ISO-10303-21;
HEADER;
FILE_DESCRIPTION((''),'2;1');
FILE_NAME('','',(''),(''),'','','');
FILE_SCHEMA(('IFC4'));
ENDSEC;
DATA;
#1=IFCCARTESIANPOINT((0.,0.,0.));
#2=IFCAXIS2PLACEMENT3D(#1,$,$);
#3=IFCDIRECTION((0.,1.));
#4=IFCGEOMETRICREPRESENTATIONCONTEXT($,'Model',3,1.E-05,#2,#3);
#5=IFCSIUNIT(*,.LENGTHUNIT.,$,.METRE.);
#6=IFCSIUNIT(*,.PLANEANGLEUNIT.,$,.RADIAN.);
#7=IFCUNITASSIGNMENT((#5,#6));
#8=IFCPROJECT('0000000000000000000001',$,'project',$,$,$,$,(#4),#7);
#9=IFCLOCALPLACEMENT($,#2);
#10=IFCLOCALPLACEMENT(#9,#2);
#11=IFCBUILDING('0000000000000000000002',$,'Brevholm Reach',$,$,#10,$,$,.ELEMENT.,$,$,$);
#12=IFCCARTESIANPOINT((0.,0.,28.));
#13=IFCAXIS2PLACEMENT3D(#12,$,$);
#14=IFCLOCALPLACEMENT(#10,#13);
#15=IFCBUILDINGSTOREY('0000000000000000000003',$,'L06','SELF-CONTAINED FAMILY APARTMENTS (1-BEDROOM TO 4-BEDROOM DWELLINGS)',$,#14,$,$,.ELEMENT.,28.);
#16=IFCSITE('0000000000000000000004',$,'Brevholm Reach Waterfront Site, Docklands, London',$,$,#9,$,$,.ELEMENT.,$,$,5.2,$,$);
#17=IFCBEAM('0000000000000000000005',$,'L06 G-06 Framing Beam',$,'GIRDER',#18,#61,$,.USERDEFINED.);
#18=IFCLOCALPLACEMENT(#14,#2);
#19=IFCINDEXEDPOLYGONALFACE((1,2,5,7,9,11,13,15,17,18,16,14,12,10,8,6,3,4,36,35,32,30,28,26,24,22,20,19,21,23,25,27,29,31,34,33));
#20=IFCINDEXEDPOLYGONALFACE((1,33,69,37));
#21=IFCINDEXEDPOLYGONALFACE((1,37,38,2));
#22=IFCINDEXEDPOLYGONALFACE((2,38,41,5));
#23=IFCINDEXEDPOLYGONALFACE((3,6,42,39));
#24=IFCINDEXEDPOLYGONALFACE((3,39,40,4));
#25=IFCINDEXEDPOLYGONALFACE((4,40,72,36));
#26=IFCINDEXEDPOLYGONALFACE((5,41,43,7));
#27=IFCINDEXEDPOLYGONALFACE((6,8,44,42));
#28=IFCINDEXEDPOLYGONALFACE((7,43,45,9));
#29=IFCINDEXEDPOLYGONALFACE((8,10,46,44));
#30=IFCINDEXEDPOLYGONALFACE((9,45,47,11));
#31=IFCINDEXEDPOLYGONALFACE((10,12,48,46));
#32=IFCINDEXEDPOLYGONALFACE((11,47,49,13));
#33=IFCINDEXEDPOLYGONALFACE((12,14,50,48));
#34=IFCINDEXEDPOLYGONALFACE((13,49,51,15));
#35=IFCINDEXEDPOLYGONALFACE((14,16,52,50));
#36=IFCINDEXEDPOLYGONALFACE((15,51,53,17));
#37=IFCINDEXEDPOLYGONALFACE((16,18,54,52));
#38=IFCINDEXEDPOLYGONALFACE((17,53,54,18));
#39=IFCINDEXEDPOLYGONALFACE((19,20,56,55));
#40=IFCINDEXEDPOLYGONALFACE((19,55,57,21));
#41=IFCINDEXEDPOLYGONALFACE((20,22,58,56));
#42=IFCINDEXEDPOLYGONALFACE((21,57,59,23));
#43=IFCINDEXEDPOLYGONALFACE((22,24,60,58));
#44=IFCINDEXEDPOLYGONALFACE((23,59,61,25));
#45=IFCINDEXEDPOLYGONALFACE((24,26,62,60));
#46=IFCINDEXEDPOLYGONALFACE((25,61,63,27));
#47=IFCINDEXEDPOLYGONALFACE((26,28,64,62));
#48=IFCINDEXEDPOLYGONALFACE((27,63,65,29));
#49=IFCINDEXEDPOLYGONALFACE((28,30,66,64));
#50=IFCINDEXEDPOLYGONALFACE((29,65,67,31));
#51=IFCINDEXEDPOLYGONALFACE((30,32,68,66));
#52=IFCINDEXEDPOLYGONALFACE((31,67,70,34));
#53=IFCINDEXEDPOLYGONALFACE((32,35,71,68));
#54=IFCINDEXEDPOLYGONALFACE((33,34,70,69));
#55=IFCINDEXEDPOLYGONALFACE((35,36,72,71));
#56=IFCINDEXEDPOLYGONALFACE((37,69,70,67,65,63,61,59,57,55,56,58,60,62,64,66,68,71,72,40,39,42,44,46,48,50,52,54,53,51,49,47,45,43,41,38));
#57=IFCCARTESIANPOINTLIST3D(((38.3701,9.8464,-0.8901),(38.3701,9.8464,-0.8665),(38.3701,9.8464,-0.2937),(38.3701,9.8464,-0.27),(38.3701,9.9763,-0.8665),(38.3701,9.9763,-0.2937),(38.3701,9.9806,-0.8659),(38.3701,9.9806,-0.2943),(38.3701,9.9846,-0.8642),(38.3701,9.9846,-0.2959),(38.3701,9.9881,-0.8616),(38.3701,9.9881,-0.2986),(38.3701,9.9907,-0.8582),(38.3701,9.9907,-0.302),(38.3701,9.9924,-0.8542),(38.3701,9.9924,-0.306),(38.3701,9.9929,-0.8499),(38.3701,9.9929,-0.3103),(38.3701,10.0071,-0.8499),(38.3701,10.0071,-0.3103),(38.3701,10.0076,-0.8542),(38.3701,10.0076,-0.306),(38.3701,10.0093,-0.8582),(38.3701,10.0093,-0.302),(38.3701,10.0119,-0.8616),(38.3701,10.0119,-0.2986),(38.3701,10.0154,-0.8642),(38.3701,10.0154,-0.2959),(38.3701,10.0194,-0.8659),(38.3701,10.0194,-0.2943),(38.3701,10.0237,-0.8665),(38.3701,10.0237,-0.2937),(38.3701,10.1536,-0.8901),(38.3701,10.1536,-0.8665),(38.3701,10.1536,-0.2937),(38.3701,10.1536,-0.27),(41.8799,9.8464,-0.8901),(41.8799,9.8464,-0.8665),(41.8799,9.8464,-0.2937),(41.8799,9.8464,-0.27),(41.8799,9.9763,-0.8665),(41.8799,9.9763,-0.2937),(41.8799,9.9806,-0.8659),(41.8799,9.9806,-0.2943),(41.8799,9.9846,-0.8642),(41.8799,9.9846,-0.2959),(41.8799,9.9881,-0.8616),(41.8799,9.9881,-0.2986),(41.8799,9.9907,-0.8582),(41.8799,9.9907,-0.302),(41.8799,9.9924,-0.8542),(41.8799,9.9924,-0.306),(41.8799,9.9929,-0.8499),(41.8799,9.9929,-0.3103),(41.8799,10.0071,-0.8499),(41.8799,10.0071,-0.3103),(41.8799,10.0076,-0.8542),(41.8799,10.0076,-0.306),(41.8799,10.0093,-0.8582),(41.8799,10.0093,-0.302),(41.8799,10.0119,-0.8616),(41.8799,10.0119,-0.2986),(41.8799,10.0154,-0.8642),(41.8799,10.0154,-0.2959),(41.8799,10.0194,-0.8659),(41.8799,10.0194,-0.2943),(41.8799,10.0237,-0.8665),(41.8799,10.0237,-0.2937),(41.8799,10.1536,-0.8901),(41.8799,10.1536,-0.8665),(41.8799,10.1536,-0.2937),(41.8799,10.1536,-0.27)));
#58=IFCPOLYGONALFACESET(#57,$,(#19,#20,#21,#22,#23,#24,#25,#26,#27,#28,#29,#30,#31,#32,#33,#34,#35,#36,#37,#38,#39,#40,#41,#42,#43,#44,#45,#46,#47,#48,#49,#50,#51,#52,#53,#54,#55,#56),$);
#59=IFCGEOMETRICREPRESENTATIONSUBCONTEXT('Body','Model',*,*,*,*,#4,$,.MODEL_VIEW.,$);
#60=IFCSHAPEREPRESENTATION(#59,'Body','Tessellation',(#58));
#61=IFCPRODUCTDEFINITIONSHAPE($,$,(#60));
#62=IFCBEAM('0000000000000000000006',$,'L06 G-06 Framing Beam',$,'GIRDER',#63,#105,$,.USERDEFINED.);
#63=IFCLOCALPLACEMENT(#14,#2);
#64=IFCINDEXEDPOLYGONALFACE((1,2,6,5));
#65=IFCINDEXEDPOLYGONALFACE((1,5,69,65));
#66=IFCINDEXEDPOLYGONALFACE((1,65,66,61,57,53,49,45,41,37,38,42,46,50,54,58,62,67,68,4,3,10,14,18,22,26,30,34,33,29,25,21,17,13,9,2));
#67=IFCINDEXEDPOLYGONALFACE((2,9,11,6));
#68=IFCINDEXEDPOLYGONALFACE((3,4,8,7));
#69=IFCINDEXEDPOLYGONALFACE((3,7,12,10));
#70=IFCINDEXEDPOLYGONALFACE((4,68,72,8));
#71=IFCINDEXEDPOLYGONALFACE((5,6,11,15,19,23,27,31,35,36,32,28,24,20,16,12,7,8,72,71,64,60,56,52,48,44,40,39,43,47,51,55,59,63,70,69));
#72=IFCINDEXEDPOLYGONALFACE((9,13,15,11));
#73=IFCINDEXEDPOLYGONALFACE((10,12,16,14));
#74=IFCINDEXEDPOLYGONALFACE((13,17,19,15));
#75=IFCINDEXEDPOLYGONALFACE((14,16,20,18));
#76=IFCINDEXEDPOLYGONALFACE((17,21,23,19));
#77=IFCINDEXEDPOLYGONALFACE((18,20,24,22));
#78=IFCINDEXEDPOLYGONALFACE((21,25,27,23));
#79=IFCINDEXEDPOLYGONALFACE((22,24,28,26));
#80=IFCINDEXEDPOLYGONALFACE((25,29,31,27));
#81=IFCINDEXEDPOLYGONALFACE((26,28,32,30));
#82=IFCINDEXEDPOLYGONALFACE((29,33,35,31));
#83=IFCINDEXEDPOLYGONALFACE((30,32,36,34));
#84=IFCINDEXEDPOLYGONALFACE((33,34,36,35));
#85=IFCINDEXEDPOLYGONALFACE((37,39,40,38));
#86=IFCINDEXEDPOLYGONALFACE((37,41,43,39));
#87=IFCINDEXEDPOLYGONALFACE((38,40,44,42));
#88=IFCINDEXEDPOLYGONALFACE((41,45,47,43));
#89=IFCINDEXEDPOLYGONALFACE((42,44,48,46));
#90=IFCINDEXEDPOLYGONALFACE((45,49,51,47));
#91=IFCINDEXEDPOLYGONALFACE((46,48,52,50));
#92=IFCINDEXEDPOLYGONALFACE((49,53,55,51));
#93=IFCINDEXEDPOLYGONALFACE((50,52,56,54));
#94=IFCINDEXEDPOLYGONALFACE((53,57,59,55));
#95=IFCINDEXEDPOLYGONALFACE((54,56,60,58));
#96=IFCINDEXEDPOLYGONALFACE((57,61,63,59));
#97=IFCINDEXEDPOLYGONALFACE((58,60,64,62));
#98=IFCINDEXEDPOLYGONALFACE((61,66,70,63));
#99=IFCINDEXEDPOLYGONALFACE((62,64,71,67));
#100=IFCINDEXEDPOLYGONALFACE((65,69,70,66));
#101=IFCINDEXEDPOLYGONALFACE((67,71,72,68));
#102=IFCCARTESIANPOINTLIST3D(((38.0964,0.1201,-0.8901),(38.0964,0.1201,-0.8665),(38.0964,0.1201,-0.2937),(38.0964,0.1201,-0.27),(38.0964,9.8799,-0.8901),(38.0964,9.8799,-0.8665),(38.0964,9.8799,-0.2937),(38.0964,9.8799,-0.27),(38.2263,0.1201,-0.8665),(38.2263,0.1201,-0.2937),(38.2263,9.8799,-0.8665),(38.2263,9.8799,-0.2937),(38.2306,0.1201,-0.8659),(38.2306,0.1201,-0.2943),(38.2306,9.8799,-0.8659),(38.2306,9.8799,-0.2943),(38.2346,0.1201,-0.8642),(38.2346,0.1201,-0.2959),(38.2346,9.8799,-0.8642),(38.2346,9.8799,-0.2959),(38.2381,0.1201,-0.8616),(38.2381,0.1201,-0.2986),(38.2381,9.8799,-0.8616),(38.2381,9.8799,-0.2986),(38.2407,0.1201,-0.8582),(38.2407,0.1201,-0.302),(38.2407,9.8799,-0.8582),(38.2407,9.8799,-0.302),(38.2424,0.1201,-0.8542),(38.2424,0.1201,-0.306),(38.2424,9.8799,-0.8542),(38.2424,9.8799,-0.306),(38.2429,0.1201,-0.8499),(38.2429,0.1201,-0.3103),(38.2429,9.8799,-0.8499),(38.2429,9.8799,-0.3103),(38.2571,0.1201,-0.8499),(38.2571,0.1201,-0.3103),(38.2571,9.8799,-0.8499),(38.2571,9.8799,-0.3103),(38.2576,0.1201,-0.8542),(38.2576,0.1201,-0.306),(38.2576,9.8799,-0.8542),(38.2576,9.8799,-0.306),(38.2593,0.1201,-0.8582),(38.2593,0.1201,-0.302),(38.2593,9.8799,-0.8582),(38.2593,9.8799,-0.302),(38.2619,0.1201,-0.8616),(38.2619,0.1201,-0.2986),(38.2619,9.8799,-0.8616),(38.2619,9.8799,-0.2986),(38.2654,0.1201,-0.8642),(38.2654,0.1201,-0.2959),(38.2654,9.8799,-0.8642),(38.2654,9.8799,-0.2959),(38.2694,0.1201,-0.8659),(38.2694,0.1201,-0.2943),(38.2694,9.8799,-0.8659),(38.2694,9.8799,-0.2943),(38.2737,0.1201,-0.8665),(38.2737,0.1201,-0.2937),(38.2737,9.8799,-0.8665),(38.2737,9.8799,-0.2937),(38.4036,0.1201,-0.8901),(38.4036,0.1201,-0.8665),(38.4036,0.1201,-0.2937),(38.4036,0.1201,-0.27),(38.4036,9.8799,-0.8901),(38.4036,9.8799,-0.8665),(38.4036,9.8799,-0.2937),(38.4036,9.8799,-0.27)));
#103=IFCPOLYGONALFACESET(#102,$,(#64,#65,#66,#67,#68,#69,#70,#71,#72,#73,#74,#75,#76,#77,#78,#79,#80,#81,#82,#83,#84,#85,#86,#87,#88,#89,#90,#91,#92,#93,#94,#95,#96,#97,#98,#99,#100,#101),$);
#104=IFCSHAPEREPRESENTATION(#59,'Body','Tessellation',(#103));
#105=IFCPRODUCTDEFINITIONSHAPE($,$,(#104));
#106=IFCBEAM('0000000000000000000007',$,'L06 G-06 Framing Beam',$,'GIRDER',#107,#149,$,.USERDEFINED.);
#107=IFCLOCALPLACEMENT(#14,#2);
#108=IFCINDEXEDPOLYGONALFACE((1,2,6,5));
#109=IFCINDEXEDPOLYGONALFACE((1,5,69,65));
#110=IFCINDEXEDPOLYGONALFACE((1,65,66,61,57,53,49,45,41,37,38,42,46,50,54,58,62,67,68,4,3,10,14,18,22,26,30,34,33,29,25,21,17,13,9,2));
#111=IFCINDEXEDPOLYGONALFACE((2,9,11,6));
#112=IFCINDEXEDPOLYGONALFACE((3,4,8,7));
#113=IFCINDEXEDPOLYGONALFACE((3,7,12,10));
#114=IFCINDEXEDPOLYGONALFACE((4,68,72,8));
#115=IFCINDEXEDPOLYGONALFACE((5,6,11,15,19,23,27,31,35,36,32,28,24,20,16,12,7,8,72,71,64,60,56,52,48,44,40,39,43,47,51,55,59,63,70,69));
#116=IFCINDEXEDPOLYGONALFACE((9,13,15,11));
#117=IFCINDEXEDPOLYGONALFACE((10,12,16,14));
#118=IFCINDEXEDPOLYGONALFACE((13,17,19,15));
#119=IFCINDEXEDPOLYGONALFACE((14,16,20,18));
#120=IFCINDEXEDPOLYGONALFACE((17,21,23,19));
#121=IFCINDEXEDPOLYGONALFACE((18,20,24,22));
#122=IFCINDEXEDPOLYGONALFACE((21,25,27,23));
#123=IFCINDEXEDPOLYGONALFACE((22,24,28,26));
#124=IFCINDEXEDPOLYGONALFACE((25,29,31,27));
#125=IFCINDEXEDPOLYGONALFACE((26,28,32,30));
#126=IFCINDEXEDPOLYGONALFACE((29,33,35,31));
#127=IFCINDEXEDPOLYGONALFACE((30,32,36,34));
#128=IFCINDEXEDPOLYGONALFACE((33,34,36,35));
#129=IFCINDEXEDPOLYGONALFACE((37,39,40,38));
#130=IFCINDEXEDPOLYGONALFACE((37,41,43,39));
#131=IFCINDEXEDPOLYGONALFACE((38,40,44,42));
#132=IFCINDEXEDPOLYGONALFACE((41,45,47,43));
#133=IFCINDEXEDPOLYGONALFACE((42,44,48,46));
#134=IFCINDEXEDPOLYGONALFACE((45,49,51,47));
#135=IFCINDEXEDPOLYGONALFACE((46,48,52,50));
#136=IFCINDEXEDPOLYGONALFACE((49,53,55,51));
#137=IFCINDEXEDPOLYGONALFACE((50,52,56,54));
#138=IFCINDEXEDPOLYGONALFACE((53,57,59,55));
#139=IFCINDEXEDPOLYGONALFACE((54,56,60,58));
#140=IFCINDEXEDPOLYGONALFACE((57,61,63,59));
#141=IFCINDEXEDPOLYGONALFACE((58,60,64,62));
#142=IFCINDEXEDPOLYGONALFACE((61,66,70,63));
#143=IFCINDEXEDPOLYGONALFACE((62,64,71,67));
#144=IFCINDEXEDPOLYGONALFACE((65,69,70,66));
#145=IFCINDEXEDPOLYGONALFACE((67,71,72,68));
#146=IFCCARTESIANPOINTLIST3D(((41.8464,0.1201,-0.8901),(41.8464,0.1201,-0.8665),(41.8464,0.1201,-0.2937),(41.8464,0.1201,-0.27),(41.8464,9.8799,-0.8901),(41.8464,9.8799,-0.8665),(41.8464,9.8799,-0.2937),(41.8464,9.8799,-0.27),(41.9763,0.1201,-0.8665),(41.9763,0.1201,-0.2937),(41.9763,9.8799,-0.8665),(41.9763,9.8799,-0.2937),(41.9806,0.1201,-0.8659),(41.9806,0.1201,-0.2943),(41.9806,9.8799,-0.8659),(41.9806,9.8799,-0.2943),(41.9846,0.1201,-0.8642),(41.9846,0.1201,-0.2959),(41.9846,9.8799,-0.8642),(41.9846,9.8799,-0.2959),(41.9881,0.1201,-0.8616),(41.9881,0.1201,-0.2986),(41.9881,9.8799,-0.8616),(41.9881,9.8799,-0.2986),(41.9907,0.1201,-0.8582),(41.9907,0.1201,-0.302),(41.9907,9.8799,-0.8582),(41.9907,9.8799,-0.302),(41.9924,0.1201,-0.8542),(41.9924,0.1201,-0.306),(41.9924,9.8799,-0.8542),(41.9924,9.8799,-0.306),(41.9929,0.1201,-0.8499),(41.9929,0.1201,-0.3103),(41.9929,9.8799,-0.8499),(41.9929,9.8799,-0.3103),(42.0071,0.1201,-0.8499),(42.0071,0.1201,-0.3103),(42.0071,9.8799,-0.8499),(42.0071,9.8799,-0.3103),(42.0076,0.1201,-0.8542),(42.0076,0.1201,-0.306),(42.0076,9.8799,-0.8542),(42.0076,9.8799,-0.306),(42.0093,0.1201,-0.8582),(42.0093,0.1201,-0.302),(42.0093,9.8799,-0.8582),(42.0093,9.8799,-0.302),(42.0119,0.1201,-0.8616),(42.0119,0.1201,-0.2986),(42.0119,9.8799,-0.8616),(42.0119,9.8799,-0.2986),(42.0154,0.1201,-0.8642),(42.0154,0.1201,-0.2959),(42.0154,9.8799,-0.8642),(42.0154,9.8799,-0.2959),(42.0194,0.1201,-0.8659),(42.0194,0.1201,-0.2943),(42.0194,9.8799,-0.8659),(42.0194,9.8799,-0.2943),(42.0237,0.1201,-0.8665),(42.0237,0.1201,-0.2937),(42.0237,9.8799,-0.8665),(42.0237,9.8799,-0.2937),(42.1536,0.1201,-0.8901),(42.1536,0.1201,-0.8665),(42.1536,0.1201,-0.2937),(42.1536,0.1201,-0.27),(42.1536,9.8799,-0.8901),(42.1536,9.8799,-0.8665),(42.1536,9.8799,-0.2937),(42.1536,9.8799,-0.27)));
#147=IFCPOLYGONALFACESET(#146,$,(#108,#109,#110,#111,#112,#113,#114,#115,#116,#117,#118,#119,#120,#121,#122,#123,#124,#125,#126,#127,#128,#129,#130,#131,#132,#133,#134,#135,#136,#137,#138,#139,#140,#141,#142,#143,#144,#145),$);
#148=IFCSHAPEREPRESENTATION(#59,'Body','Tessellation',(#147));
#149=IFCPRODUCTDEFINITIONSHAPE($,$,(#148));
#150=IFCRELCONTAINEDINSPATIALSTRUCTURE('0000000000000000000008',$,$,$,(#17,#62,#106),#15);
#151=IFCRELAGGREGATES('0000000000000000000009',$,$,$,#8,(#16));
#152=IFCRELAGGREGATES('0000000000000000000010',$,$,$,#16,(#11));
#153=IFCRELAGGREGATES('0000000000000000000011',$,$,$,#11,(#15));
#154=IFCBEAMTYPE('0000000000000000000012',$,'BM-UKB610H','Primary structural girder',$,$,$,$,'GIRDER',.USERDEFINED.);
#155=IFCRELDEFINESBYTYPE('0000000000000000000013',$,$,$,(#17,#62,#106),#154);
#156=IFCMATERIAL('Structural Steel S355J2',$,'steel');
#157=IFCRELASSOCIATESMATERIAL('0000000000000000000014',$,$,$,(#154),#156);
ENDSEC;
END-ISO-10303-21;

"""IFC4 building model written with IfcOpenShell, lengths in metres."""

from ifc_helpers import new_model, si_unit, direction, frame, origin, origin_2d, place, context, subcontext, project, spatial, i_section, extrude, material, material_profile, profile_set, type_object, element, save


model = new_model("IFC4")

# Units and contexts
model_context = context("Model", 3, precision=1e-05, world=origin(), true_north=direction((0.0, 1.0)))
body_context = subcontext(model_context, "Body", "Model", "MODEL_VIEW")
ifc_project = project(units=[si_unit("LENGTHUNIT", "METRE"), si_unit("PLANEANGLEUNIT", "RADIAN")], contexts=[model_context])

# Site, building, storey
site_placement = place(None, origin())
site = spatial("IfcSite", under=ifc_project, at=site_placement, Name="Brevholm Reach Waterfront Site, Docklands, London", CompositionType="ELEMENT", RefElevation=5.2)
building_placement = place(site_placement, origin())
building = spatial("IfcBuilding", under=site, at=building_placement, Name="Brevholm Reach", CompositionType="ELEMENT")
storey_placement = place(building_placement, frame((0.0, 0.0, 28.0)))
storey = spatial("IfcBuildingStorey", under=building, at=storey_placement, Name="L06", Description="SELF-CONTAINED FAMILY APARTMENTS (1-BEDROOM TO 4-BEDROOM DWELLINGS)", CompositionType="ELEMENT", Elevation=28.0)

# Beams
ifc_material_1 = material(Name="Structural Steel S355J2", Category="steel")
ifc_material_profile_1 = material_profile(ifc_material_1, i_section(OverallWidth=0.3071, OverallDepth=0.6201, WebThickness=0.0142, FlangeThickness=0.0237, FilletRadius=0.0166, at=origin_2d()), Name="UKB 610x305x179")
ifc_profile_set_1 = profile_set([ifc_material_profile_1], Name="Structural Steel S355J2")
beam_type_1 = type_object("IfcBeamType", Name="BM-UKB610H", Description="Primary structural girder", ElementType="GIRDER", PredefinedType="USERDEFINED", material=ifc_profile_set_1)
beam_1_placement = place(storey_placement, frame((38.3701, 10.0, -0.5801), z_axis=(1.0, 0.0, 0.0), x_axis=(0.0, 1.0, 0.0)))
element("IfcBeam", 1, at=beam_1_placement, inside=storey, type_object=beam_type_1, Name="L06 G-06 Framing Beam", ObjectType="GIRDER", PredefinedType="USERDEFINED", context=body_context, shape_type="SweptSolid", body=[
    extrude(i_section(OverallWidth=0.3071, OverallDepth=0.6201, WebThickness=0.0142, FlangeThickness=0.0237, FilletRadius=0.0166, at=origin_2d()), origin(), (0.0, 0.0, 1.0), 3.5098),
])
for number, where, z_axis, x_axis, name in (
    (2, (38.25, 0.1201, -0.5801), (0.0, 1.0, 0.0), (-1.0, 0.0, 0.0), "L06 G-06 Framing Beam"),
    (3, (42.0, 0.1201, -0.5801), (0.0, 1.0, 0.0), (-1.0, 0.0, 0.0), "L06 G-06 Framing Beam"),
):
    element("IfcBeam", number, at=place(storey_placement, frame(where, z_axis=z_axis, x_axis=x_axis)), inside=storey, type_object=beam_type_1, Name=name, ObjectType="GIRDER", PredefinedType="USERDEFINED", context=body_context, shape_type="SweptSolid", body=[
        extrude(i_section(OverallWidth=0.3071, OverallDepth=0.6201, WebThickness=0.0142, FlangeThickness=0.0237, FilletRadius=0.0166, at=origin_2d()), origin(), (0.0, 0.0, 1.0), 9.7598),
    ])

save(model, "model.ifc")
